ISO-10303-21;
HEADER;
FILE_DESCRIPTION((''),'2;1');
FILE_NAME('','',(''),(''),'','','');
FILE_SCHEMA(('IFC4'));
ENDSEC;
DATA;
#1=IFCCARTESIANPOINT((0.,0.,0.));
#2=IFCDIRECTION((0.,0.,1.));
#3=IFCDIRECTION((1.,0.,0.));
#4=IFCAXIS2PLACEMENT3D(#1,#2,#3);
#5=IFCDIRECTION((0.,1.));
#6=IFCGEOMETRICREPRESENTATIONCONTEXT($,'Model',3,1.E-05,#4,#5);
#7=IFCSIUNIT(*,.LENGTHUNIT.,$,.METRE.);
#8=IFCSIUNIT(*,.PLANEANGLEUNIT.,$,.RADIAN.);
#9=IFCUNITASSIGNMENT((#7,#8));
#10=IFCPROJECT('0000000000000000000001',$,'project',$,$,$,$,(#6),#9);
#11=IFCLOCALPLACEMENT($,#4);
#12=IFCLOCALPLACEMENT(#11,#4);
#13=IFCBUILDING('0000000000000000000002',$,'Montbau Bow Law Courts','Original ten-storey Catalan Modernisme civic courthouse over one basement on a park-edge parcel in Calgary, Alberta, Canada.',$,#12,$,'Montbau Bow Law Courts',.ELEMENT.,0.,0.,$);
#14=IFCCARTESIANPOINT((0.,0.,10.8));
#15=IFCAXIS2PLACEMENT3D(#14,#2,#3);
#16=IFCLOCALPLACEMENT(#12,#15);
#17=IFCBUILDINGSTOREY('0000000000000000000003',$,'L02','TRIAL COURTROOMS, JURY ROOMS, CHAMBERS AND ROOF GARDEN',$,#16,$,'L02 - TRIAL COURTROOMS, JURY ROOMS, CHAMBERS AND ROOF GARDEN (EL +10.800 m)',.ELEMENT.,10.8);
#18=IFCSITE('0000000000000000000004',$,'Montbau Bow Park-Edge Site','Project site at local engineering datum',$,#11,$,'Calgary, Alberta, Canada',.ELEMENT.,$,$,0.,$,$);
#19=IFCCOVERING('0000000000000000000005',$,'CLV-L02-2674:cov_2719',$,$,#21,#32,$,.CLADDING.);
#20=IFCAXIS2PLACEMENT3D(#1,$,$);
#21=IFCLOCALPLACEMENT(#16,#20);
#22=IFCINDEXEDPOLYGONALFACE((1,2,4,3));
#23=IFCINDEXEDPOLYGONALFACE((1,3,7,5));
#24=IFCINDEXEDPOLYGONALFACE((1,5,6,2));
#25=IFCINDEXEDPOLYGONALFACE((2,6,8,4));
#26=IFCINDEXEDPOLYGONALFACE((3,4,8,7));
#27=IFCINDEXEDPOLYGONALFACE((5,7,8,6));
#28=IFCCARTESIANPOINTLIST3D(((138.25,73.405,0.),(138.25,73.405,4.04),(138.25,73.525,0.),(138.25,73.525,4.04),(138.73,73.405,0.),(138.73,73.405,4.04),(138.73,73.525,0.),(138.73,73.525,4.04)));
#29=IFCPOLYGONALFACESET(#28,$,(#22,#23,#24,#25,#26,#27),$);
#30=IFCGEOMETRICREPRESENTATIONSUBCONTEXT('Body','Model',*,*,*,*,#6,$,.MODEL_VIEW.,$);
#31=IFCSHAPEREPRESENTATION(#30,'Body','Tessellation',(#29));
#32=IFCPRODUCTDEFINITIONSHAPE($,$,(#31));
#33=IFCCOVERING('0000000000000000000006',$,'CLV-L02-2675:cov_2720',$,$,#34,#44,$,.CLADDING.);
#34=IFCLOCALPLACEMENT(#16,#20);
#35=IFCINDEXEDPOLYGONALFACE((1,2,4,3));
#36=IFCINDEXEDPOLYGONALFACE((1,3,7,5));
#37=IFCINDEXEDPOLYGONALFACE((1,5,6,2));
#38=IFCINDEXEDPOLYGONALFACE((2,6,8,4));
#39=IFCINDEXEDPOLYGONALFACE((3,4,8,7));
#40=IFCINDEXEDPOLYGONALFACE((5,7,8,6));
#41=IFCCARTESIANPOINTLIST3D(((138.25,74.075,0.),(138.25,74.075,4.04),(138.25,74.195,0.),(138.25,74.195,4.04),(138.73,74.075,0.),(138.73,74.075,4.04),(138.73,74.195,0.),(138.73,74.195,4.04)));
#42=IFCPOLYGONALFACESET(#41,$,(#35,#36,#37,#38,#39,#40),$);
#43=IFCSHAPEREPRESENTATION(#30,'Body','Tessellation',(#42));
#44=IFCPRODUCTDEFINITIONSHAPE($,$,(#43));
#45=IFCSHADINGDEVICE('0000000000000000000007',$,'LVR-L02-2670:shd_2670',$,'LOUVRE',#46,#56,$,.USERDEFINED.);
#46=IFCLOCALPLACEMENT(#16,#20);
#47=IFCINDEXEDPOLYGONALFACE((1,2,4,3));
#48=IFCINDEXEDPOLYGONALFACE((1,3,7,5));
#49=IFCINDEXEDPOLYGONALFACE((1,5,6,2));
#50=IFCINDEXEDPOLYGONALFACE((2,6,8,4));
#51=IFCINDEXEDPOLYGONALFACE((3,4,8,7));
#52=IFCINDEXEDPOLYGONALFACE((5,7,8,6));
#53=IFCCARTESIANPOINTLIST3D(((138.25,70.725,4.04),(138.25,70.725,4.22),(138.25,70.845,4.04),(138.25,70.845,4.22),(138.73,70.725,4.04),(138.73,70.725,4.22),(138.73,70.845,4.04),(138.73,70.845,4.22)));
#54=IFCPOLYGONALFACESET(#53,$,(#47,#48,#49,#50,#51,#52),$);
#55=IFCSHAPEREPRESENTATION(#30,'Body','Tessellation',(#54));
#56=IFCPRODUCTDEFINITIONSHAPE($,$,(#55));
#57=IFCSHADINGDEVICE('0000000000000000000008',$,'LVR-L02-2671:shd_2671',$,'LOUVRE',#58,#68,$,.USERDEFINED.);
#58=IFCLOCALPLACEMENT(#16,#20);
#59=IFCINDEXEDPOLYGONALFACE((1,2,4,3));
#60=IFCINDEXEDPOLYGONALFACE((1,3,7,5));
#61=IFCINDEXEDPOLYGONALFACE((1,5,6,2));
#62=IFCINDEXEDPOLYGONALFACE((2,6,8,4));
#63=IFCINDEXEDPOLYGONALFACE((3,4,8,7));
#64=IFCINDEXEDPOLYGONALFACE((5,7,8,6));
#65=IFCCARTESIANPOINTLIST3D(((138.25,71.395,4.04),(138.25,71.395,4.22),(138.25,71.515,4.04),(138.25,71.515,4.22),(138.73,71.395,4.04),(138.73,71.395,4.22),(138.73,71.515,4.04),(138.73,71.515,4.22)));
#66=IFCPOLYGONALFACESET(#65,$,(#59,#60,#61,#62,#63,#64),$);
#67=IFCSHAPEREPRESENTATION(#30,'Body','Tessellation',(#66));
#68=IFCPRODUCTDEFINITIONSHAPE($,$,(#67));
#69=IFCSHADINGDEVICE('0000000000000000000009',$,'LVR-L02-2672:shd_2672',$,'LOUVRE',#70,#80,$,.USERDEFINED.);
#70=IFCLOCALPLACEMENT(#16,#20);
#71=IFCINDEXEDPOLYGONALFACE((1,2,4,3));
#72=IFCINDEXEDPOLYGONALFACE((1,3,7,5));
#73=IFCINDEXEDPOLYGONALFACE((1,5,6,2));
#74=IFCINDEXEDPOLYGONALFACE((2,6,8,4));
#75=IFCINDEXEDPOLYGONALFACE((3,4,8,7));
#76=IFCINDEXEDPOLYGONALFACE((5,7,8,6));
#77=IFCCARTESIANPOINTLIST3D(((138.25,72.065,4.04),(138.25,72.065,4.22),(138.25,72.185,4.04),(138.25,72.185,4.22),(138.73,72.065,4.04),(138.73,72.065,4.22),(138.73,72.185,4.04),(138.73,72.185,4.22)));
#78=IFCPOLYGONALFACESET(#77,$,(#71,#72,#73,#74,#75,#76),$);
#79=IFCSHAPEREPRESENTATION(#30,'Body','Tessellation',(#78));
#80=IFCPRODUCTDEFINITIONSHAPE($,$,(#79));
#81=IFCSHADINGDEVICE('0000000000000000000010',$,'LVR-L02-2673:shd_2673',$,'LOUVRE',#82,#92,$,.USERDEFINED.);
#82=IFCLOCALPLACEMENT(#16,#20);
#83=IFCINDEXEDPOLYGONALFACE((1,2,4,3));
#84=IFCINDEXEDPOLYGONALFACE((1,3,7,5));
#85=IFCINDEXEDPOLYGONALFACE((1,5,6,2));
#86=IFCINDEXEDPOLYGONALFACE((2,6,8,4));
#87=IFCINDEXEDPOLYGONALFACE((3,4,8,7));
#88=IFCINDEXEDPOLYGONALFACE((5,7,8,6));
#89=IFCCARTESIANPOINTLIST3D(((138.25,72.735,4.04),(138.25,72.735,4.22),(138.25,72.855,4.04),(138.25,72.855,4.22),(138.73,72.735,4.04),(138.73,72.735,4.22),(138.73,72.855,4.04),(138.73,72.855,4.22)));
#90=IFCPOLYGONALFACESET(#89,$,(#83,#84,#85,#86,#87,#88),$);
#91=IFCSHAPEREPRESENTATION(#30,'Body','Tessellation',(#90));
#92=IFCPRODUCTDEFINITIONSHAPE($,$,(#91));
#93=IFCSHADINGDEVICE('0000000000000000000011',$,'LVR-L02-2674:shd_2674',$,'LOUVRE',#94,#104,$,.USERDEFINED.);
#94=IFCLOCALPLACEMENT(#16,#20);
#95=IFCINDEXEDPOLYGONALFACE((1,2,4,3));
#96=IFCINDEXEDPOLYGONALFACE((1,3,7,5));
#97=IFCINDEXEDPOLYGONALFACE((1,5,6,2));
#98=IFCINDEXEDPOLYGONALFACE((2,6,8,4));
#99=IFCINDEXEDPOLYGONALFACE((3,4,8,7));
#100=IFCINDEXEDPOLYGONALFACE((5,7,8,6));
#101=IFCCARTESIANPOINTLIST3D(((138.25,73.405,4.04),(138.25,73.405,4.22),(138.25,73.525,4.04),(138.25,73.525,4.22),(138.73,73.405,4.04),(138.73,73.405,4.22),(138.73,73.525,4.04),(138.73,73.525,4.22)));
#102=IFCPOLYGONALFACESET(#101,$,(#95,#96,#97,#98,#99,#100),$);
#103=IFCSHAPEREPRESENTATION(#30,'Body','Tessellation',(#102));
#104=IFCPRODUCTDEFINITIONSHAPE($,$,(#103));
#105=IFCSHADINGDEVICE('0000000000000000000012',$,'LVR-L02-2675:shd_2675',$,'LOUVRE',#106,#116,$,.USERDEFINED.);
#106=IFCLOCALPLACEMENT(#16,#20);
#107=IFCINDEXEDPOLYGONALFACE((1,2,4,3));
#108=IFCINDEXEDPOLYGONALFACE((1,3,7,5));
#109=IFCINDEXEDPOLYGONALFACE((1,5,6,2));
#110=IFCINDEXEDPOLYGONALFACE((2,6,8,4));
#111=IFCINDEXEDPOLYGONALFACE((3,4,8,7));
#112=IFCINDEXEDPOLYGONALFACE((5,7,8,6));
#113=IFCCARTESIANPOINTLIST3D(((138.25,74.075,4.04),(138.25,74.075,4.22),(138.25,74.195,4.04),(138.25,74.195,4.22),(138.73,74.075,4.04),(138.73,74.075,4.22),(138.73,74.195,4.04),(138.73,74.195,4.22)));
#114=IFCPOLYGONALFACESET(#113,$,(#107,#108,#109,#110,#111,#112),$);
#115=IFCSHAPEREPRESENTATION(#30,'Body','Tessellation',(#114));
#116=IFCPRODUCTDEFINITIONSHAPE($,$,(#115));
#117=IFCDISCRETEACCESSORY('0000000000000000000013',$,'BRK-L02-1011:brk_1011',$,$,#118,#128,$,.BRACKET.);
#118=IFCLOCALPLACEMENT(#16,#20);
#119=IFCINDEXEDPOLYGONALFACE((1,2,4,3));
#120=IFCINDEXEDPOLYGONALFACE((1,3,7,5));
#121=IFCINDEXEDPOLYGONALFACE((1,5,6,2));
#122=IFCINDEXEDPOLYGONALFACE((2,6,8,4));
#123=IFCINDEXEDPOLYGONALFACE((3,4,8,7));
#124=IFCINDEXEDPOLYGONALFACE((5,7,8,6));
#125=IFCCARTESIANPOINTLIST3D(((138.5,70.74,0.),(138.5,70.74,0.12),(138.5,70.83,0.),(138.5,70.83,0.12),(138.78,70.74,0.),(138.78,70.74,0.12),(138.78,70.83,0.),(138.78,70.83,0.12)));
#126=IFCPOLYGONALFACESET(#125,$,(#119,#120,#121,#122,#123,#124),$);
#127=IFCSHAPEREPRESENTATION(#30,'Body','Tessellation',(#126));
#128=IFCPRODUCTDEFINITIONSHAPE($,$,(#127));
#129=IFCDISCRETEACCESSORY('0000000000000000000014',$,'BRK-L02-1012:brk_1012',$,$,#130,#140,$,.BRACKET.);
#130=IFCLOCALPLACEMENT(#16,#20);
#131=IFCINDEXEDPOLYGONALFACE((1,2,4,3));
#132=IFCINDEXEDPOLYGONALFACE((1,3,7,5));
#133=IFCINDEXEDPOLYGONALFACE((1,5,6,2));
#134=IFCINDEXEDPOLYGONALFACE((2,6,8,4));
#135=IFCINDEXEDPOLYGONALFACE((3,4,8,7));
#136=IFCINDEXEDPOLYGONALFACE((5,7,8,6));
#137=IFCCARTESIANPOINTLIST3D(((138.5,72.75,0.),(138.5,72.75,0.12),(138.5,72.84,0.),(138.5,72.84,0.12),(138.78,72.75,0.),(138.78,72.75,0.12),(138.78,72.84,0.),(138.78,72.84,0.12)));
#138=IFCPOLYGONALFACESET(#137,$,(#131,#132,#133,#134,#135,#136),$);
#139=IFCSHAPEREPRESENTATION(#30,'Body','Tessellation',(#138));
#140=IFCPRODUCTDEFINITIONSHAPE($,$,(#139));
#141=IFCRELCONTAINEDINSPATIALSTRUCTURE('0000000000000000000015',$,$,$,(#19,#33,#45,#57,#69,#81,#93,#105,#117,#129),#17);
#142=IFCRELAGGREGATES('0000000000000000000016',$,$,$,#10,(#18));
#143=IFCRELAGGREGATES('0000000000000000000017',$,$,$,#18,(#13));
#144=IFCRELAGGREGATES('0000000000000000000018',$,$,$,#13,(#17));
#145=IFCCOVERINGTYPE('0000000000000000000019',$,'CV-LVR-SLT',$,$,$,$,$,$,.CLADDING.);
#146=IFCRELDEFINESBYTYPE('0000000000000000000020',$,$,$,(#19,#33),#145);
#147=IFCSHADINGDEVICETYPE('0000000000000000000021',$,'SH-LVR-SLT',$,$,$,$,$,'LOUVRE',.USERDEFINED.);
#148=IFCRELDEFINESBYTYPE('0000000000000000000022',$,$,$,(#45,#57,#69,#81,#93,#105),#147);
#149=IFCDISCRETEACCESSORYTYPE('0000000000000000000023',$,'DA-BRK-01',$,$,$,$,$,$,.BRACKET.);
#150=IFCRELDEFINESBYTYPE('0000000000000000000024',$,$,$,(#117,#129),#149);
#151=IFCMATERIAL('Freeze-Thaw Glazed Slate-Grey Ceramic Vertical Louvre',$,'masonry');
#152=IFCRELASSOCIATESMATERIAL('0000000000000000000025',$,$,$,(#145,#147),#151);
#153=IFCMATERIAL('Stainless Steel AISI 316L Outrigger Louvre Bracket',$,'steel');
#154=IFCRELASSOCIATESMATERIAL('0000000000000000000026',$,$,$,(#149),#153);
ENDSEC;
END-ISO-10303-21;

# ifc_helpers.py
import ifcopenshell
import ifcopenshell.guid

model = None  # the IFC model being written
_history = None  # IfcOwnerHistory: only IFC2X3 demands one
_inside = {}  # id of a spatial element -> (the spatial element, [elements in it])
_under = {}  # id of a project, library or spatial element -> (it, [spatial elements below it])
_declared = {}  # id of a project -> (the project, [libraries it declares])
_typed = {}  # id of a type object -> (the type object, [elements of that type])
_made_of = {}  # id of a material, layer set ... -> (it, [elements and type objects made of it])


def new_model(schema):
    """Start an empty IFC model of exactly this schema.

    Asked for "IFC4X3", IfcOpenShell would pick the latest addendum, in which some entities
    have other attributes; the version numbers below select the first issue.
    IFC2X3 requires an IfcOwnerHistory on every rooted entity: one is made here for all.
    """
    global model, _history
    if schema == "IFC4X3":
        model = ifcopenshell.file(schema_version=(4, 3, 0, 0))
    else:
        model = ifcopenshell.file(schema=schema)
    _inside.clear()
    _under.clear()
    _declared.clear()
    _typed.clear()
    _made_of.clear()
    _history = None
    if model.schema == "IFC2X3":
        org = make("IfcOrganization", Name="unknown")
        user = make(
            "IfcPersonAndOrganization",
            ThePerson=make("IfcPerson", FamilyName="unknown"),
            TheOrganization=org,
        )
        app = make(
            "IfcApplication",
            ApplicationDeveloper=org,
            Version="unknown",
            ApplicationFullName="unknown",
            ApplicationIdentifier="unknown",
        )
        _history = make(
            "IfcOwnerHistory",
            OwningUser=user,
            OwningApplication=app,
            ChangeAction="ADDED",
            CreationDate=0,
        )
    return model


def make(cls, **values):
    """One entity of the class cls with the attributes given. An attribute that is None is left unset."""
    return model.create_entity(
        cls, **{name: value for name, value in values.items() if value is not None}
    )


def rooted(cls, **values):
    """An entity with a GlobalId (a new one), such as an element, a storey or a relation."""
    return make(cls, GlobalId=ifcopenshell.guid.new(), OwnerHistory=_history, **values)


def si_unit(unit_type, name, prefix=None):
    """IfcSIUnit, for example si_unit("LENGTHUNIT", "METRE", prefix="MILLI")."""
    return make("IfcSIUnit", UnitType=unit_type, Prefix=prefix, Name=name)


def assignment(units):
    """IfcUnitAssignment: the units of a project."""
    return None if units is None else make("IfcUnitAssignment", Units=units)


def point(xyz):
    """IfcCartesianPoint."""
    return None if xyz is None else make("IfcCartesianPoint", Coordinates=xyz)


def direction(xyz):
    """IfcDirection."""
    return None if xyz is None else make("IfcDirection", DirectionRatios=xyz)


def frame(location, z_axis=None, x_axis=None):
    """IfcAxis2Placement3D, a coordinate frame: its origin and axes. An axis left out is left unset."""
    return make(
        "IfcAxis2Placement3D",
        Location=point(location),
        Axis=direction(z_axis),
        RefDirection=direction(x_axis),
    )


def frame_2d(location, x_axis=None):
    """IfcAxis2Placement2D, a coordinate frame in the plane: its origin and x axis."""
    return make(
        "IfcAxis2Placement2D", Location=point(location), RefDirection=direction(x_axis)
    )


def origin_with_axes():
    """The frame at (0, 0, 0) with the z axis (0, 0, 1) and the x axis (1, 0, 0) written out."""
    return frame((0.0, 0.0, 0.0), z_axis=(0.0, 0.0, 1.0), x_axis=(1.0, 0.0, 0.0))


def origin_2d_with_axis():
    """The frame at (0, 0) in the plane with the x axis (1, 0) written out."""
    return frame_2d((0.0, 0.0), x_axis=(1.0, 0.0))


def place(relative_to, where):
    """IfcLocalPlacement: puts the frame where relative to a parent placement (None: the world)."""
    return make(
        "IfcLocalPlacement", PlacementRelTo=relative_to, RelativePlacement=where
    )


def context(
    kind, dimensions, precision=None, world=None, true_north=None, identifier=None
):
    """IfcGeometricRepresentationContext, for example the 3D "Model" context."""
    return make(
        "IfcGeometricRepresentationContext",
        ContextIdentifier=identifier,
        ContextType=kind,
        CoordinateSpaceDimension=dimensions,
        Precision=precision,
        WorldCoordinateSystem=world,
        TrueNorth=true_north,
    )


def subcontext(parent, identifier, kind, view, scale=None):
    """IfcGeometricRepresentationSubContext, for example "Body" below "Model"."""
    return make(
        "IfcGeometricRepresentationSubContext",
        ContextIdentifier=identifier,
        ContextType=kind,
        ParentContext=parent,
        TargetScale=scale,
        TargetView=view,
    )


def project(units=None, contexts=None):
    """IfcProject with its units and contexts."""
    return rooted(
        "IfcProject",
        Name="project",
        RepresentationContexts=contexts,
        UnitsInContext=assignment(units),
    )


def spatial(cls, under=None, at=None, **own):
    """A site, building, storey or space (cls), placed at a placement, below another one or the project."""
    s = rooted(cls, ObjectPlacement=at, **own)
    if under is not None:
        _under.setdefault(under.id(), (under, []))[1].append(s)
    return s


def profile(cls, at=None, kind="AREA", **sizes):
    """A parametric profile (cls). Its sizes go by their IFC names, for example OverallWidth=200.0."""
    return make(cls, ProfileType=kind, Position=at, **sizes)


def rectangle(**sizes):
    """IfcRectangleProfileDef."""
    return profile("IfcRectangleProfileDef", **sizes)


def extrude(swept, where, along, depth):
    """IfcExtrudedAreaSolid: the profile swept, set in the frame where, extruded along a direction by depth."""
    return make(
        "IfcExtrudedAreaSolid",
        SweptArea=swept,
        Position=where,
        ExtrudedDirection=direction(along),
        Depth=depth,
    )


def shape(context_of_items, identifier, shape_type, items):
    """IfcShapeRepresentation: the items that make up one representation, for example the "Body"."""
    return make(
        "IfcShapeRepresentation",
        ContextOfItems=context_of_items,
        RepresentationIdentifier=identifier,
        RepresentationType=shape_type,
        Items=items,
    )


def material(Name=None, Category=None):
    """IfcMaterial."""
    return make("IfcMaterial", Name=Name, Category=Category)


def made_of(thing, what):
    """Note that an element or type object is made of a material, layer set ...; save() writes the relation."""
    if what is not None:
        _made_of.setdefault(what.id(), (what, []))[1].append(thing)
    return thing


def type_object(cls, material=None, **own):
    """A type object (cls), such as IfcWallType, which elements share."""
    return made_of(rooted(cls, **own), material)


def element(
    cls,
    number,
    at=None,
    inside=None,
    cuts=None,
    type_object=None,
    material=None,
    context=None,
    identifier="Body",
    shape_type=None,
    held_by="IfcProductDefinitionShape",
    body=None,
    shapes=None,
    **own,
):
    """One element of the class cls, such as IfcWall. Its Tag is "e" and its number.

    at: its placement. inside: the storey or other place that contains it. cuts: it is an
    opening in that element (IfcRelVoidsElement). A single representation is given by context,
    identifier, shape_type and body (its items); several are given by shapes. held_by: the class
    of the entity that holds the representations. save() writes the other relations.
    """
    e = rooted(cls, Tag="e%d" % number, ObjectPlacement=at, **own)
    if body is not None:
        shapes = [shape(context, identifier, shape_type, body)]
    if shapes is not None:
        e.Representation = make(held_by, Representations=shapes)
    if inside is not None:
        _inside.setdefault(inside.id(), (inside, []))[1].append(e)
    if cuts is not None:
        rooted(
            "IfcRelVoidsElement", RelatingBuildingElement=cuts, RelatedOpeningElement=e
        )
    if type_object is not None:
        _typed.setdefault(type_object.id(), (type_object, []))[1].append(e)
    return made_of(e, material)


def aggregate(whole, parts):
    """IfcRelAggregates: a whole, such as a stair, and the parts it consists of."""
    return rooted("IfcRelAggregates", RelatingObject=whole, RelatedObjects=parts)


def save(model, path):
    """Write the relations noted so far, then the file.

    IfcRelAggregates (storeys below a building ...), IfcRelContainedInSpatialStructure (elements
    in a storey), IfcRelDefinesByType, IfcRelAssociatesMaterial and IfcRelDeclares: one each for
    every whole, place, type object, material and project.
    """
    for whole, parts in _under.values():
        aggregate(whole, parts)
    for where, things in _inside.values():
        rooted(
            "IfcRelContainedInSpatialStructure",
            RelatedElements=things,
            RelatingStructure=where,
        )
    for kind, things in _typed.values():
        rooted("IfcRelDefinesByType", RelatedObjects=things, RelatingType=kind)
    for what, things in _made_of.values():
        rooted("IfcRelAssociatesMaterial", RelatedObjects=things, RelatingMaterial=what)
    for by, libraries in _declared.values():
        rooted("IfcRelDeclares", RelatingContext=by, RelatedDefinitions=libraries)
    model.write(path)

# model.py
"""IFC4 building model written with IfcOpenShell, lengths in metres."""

from ifc_helpers import new_model, si_unit, direction, frame, frame_2d, origin_with_axes, origin_2d_with_axis, place, context, subcontext, project, spatial, rectangle, extrude, material, type_object, element, save


model = new_model("IFC4")

# Units and contexts
model_context = context("Model", 3, precision=1e-05, world=origin_with_axes(), true_north=direction((0.0, 1.0)))
body_context = subcontext(model_context, "Body", "Model", "MODEL_VIEW")
ifc_project = project(units=[si_unit("LENGTHUNIT", "METRE"), si_unit("PLANEANGLEUNIT", "RADIAN")], contexts=[model_context])

# Site, building, storey
site_placement = place(None, origin_with_axes())
site = spatial("IfcSite", under=ifc_project, at=site_placement, Name="Montbau Bow Park-Edge Site", Description="Project site at local engineering datum", LongName="Calgary, Alberta, Canada", CompositionType="ELEMENT", RefElevation=0.0)
building_placement = place(site_placement, origin_with_axes())
building = spatial("IfcBuilding", under=site, at=building_placement, Name="Montbau Bow Law Courts", Description="Original ten-storey Catalan Modernisme civic courthouse over one basement on a park-edge parcel in Calgary, Alberta, Canada.", LongName="Montbau Bow Law Courts", CompositionType="ELEMENT", ElevationOfRefHeight=0.0, ElevationOfTerrain=0.0)
storey_placement = place(building_placement, frame((0.0, 0.0, 10.8), z_axis=(0.0, 0.0, 1.0), x_axis=(1.0, 0.0, 0.0)))
storey = spatial("IfcBuildingStorey", under=building, at=storey_placement, Name="L02", Description="TRIAL COURTROOMS, JURY ROOMS, CHAMBERS AND ROOF GARDEN", LongName="L02 - TRIAL COURTROOMS, JURY ROOMS, CHAMBERS AND ROOF GARDEN (EL +10.800 m)", CompositionType="ELEMENT", Elevation=10.8)

# Coverings
ifc_material_1 = material(Name="Freeze-Thaw Glazed Slate-Grey Ceramic Vertical Louvre", Category="masonry")
covering_type = type_object("IfcCoveringType", Name="CV-LVR-SLT", PredefinedType="CLADDING", material=ifc_material_1)
for number, where, z_axis, x_axis, name in (
    (1, (138.73, 73.465, 10.8), (0.0, 1.0, 0.0), (-1.0, 0.0, 0.0), "CLV-L02-2674:cov_2719"),
    (2, (138.73, 74.135, 10.8), (0.0, 1.0, 0.0), (-1.0, 0.0, 0.0), "CLV-L02-2675:cov_2720"),
):
    element("IfcCovering", number, at=place(None, frame(where, z_axis=z_axis, x_axis=x_axis)), inside=storey, type_object=covering_type, Name=name, PredefinedType="CLADDING", context=body_context, shape_type="SweptSolid", body=[
        extrude(rectangle(XDim=0.48, YDim=4.04, at=frame_2d((0.24, 2.02), x_axis=(1.0, 0.0))), frame((0.0, 0.0, -0.06), z_axis=(0.0, 0.0, 1.0), x_axis=(1.0, 0.0, 0.0)), (0.0, 0.0, 1.0), 0.12),
    ])

# Shading devices
shading_device_type = type_object("IfcShadingDeviceType", Name="SH-LVR-SLT", ElementType="LOUVRE", PredefinedType="USERDEFINED", material=ifc_material_1)
for number, where, z_axis, x_axis, name in (
    (3, (138.49, 70.785, 14.84), (0.0, 0.0, 1.0), (-1.0, 0.0, 0.0), "LVR-L02-2670:shd_2670"),
    (4, (138.49, 71.455, 14.84), (0.0, 0.0, 1.0), (-1.0, 0.0, 0.0), "LVR-L02-2671:shd_2671"),
    (5, (138.49, 72.125, 14.84), (0.0, 0.0, 1.0), (-1.0, 0.0, 0.0), "LVR-L02-2672:shd_2672"),
    (6, (138.49, 72.795, 14.84), (0.0, 0.0, 1.0), (-1.0, 0.0, 0.0), "LVR-L02-2673:shd_2673"),
    (7, (138.49, 73.465, 14.84), (0.0, 0.0, 1.0), (-1.0, 0.0, 0.0), "LVR-L02-2674:shd_2674"),
    (8, (138.49, 74.135, 14.84), (0.0, 0.0, 1.0), (-1.0, 0.0, 0.0), "LVR-L02-2675:shd_2675"),
):
    element("IfcShadingDevice", number, at=place(None, frame(where, z_axis=z_axis, x_axis=x_axis)), inside=storey, type_object=shading_device_type, Name=name, ObjectType="LOUVRE", PredefinedType="USERDEFINED", context=body_context, shape_type="SweptSolid", body=[
        extrude(rectangle(XDim=0.48, YDim=0.12, at=origin_2d_with_axis()), origin_with_axes(), (0.0, 0.0, 1.0), 0.18),
    ])

# Discrete accessories
ifc_material_2 = material(Name="Stainless Steel AISI 316L Outrigger Louvre Bracket", Category="steel")
discrete_accessory_type = type_object("IfcDiscreteAccessoryType", Name="DA-BRK-01", PredefinedType="BRACKET", material=ifc_material_2)
for number, where, z_axis, x_axis, name in (
    (9, (138.64, 70.785, 10.8), (0.0, 0.0, 1.0), (-1.0, 0.0, 0.0), "BRK-L02-1011:brk_1011"),
    (10, (138.64, 72.795, 10.8), (0.0, 0.0, 1.0), (-1.0, 0.0, 0.0), "BRK-L02-1012:brk_1012"),
):
    element("IfcDiscreteAccessory", number, at=place(None, frame(where, z_axis=z_axis, x_axis=x_axis)), inside=storey, type_object=discrete_accessory_type, Name=name, PredefinedType="BRACKET", context=body_context, shape_type="SweptSolid", body=[
        extrude(rectangle(XDim=0.28, YDim=0.09, at=origin_2d_with_axis()), origin_with_axes(), (0.0, 0.0, 1.0), 0.12),
    ])

save(model, "model.ifc")
